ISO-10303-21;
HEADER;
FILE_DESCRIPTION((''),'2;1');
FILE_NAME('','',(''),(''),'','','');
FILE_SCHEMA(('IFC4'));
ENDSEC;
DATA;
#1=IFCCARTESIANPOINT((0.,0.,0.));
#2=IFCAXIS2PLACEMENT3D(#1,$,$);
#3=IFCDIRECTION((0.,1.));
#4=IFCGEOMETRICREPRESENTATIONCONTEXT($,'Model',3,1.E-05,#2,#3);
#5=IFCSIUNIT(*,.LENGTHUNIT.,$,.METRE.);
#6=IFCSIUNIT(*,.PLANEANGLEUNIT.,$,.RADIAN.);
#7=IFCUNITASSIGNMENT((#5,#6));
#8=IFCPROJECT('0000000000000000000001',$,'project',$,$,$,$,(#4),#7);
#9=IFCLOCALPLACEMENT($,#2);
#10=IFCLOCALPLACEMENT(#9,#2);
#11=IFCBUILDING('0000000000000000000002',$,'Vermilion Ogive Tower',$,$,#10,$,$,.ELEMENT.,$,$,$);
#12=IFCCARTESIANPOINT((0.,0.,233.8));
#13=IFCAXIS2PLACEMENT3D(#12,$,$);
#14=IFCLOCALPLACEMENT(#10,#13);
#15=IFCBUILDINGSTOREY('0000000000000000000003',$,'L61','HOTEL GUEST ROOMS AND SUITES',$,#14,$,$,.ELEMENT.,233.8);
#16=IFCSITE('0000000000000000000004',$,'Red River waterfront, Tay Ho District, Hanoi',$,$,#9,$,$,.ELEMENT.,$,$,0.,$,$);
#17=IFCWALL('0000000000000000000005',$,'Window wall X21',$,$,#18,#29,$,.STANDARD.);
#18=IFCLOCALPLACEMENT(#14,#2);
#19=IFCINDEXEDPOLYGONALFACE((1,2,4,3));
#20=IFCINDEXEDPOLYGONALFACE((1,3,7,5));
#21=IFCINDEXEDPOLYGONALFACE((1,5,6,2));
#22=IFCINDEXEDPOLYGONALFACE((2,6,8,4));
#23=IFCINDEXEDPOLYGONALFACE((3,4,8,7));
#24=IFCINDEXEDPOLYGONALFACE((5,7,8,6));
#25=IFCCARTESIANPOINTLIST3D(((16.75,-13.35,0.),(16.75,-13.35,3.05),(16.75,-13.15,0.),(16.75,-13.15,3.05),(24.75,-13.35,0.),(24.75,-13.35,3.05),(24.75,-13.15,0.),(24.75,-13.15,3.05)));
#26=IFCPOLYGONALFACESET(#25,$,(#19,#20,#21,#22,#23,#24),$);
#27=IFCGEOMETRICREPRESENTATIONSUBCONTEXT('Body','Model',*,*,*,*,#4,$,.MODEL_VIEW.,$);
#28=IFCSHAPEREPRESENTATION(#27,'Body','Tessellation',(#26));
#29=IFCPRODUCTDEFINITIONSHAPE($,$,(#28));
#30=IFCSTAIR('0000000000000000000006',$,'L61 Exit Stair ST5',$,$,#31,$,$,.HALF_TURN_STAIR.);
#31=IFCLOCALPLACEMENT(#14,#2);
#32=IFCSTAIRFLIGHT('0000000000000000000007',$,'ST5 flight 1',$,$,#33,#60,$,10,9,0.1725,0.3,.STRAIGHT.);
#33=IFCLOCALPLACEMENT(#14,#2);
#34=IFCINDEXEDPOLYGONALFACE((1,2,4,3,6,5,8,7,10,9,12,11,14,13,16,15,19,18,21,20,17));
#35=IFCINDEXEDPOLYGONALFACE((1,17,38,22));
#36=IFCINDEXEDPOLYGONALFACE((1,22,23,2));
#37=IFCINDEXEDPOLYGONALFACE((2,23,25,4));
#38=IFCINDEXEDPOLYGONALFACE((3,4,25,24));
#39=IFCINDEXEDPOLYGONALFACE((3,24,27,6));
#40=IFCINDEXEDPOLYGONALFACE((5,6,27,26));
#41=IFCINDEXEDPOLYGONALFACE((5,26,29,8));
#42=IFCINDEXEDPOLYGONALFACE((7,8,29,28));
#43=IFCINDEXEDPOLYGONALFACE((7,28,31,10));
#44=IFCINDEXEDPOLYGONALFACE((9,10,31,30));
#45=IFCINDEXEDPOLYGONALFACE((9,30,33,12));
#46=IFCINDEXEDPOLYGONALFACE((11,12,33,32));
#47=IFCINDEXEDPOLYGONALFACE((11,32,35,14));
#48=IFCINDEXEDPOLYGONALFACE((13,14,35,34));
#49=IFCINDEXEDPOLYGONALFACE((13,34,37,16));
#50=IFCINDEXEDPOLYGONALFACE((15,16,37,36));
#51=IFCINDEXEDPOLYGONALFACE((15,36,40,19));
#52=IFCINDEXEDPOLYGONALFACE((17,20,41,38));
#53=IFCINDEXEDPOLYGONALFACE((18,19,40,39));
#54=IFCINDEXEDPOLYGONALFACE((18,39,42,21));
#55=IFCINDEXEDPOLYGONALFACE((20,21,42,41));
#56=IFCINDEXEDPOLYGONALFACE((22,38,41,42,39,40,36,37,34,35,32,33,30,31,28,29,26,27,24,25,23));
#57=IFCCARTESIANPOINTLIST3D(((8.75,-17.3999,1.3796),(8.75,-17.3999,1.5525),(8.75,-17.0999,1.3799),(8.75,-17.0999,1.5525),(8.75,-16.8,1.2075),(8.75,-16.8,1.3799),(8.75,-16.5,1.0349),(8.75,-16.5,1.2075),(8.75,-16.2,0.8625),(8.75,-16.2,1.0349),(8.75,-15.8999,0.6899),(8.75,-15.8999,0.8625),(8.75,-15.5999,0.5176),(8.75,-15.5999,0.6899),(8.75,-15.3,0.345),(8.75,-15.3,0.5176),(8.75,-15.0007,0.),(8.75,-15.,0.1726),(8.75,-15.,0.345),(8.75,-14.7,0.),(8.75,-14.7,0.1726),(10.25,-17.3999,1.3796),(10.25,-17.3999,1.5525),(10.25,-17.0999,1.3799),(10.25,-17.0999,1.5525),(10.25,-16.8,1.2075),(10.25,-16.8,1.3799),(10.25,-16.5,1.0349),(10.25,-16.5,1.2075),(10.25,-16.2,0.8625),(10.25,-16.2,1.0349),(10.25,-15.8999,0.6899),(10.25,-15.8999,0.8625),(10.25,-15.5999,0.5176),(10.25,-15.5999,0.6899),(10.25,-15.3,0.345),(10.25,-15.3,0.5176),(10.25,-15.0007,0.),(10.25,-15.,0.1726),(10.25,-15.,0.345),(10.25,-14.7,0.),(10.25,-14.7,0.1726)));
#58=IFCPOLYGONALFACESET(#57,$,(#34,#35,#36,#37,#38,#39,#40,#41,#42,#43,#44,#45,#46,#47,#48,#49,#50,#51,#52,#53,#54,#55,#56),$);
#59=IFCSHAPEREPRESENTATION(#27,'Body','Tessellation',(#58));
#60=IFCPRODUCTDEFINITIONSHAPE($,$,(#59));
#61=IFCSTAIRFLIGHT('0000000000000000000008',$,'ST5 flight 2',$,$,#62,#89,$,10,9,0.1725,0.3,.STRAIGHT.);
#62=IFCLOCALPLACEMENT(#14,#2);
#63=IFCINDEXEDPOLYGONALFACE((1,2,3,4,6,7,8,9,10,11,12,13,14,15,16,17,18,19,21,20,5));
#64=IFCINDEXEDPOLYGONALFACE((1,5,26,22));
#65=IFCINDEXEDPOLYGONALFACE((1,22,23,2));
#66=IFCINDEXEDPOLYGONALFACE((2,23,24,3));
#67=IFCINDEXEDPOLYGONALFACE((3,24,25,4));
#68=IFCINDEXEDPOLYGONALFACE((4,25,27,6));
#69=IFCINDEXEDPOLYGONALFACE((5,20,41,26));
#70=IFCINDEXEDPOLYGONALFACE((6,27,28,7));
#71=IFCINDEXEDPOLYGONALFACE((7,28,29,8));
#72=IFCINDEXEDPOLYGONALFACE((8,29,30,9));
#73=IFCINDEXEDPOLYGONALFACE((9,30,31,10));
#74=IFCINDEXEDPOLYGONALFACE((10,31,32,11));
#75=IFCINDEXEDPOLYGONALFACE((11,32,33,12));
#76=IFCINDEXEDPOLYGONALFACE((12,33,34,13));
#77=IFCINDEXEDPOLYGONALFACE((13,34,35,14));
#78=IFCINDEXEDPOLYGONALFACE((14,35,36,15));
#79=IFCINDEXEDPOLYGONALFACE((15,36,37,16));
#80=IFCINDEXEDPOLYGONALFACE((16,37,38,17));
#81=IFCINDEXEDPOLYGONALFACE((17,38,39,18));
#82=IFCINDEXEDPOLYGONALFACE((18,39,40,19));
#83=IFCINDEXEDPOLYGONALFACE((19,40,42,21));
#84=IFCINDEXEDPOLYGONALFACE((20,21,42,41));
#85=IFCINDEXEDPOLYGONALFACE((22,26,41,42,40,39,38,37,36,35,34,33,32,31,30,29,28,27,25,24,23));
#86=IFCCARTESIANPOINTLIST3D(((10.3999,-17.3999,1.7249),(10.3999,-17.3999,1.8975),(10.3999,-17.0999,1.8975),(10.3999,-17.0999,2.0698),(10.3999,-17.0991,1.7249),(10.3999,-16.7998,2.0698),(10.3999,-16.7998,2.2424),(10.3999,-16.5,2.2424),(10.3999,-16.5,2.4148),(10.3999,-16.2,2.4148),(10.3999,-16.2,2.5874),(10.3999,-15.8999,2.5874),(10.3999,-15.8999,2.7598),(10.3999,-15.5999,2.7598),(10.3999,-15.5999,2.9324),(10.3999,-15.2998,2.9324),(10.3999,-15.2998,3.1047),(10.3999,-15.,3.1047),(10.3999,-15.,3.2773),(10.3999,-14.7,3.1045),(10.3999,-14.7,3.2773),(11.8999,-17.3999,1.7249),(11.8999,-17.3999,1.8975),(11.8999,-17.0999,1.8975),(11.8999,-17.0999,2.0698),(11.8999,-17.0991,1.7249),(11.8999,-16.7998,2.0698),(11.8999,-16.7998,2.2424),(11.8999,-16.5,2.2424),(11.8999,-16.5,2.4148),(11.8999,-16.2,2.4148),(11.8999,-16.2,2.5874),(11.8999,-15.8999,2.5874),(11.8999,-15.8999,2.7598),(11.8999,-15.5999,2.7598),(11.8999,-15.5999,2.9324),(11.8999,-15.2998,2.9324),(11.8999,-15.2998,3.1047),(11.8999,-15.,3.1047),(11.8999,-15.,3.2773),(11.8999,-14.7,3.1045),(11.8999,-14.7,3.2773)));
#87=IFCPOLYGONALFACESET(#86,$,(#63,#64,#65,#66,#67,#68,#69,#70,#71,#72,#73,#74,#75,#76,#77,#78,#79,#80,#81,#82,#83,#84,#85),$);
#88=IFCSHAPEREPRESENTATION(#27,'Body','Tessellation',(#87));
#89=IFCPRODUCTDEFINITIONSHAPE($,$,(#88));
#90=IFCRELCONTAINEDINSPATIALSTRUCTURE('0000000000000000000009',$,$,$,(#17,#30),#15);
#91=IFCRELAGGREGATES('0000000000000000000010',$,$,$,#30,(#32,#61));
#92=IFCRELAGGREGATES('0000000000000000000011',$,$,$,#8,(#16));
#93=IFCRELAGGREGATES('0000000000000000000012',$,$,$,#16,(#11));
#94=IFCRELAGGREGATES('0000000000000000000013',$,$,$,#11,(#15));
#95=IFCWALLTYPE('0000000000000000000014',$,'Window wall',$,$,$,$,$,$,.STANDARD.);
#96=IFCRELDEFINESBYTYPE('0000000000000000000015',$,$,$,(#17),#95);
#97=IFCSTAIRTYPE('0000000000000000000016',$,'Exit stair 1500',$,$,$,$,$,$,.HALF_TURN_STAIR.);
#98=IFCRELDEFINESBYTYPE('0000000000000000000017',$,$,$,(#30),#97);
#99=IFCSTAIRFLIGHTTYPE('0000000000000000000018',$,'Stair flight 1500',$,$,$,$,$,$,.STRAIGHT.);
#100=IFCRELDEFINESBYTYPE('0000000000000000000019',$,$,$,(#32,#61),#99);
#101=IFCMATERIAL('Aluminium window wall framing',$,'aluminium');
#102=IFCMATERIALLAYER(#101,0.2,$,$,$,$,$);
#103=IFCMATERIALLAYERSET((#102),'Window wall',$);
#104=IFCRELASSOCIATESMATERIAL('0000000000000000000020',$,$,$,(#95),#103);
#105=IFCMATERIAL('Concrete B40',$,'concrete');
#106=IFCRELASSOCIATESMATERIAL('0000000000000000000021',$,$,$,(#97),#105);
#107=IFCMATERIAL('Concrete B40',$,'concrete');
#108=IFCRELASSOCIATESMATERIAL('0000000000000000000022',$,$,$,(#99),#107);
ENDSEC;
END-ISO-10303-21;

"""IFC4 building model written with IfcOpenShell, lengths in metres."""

from ifc_helpers import new_model, si_unit, direction, frame, frame_2d, origin, place, context, subcontext, project, spatial, polyline, rectangle, outline, extrude, material, layer, layer_set, type_object, element, aggregate, save


model = new_model("IFC4")

# Units and contexts
model_context = context("Model", 3, precision=1e-05, world=origin(), true_north=direction((0.0, 1.0)))
body_context = subcontext(model_context, "Body", "Model", "MODEL_VIEW")
ifc_project = project(units=[si_unit("LENGTHUNIT", "METRE"), si_unit("PLANEANGLEUNIT", "RADIAN")], contexts=[model_context])

# Site, building, storey
site_placement = place(None, origin())
site = spatial("IfcSite", under=ifc_project, at=site_placement, Name="Red River waterfront, Tay Ho District, Hanoi", CompositionType="ELEMENT", RefElevation=0.0)
building_placement = place(site_placement, origin())
building = spatial("IfcBuilding", under=site, at=building_placement, Name="Vermilion Ogive Tower", CompositionType="ELEMENT")
storey_placement = place(building_placement, frame((0.0, 0.0, 233.8)))
storey = spatial("IfcBuildingStorey", under=building, at=storey_placement, Name="L61", Description="HOTEL GUEST ROOMS AND SUITES", CompositionType="ELEMENT", Elevation=233.8)

# Shared definitions
ifc_material_1 = material(Name="Aluminium window wall framing", Category="aluminium")
ifc_layer_1 = layer(ifc_material_1, 0.2)
ifc_layer_set_1 = layer_set([ifc_layer_1], Name="Window wall")
wall_type_1 = type_object("IfcWallType", Name="Window wall", PredefinedType="STANDARD", material=ifc_layer_set_1)

# Wall
wall_1_placement = place(storey_placement, frame((16.75, -13.25, 0.0), z_axis=(0.0, 0.0, 1.0), x_axis=(1.0, 0.0, 0.0)))
element("IfcWall", 1, at=wall_1_placement, inside=storey, type_object=wall_type_1, Name="Window wall X21", PredefinedType="STANDARD", context=body_context, shape_type="SweptSolid", body=[
    extrude(rectangle(XDim=8.0, YDim=0.2, at=frame_2d((4.0, 0.0))), origin(), (0.0, 0.0, 1.0), 3.05),
])

# Stair, stair flights
ifc_material_2 = material(Name="Concrete B40", Category="concrete")
stair_type = type_object("IfcStairType", Name="Exit stair 1500", PredefinedType="HALF_TURN_STAIR", material=ifc_material_2)
stair_placement = place(storey_placement, origin())
stair = element("IfcStair", 2, at=stair_placement, inside=storey, type_object=stair_type, Name="L61 Exit Stair ST5", PredefinedType="HALF_TURN_STAIR")
ifc_material_3 = material(Name="Concrete B40", Category="concrete")
stair_flight_type = type_object("IfcStairFlightType", Name="Stair flight 1500", PredefinedType="STRAIGHT", material=ifc_material_3)
stair_flight_1_placement = place(storey_placement, frame((9.5, -14.7, 0.0), z_axis=(0.0, 0.0, 1.0), x_axis=(0.0, -1.0, 0.0)))
stair_flight_1 = element("IfcStairFlight", 3, at=stair_flight_1_placement, type_object=stair_flight_type, Name="ST5 flight 1", NumberOfRisers=10, NumberOfTreads=9, PredefinedType="STRAIGHT", RiserHeight=0.1725, TreadLength=0.3, context=body_context, shape_type="SweptSolid", body=[
    extrude(outline(polyline([(0.0, 0.0), (0.0, 0.1726), (0.3, 0.1726), (0.3, 0.345), (0.6001, 0.345), (0.6001, 0.5176), (0.8999, 0.5176), (0.8999, 0.6899), (1.2, 0.6899), (1.2, 0.8625), (1.5, 0.8625), (1.5, 1.0349), (1.8, 1.0349), (1.8, 1.2075), (2.1001, 1.2075), (2.1001, 1.3799), (2.3999, 1.3799), (2.3999, 1.5525), (2.7, 1.5525), (2.7, 1.7251), (2.7, 1.3796), (0.3008, 0.0), (0.0, 0.0)])), frame((0.0, 0.75, 0.0), z_axis=(0.0, -1.0, 0.0), x_axis=(1.0, 0.0, 0.0)), (0.0, 0.0, 1.0), 1.5),
])
stair_flight_2_placement = place(storey_placement, frame((11.1499, -17.3999, 1.7249), z_axis=(0.0, 0.0, 1.0), x_axis=(0.0, 1.0, 0.0)))
stair_flight_2 = element("IfcStairFlight", 4, at=stair_flight_2_placement, type_object=stair_flight_type, Name="ST5 flight 2", NumberOfRisers=10, NumberOfTreads=9, PredefinedType="STRAIGHT", RiserHeight=0.1725, TreadLength=0.3, context=body_context, shape_type="SweptSolid", body=[
    extrude(outline(polyline([(0.0, 0.0), (0.0, 0.1726), (0.3, 0.1726), (0.3, 0.345), (0.6001, 0.345), (0.6001, 0.5176), (0.8999, 0.5176), (0.8999, 0.6899), (1.2, 0.6899), (1.2, 0.8625), (1.5, 0.8625), (1.5, 1.0349), (1.8, 1.0349), (1.8, 1.2075), (2.1001, 1.2075), (2.1001, 1.3799), (2.3999, 1.3799), (2.3999, 1.5525), (2.7, 1.5525), (2.7, 1.7251), (2.7, 1.3796), (0.3008, 0.0), (0.0, 0.0)])), frame((0.0, 0.75, 0.0), z_axis=(0.0, -1.0, 0.0), x_axis=(1.0, 0.0, 0.0)), (0.0, 0.0, 1.0), 1.5),
])
aggregate(stair, [stair_flight_1, stair_flight_2])

save(model, "model.ifc")
